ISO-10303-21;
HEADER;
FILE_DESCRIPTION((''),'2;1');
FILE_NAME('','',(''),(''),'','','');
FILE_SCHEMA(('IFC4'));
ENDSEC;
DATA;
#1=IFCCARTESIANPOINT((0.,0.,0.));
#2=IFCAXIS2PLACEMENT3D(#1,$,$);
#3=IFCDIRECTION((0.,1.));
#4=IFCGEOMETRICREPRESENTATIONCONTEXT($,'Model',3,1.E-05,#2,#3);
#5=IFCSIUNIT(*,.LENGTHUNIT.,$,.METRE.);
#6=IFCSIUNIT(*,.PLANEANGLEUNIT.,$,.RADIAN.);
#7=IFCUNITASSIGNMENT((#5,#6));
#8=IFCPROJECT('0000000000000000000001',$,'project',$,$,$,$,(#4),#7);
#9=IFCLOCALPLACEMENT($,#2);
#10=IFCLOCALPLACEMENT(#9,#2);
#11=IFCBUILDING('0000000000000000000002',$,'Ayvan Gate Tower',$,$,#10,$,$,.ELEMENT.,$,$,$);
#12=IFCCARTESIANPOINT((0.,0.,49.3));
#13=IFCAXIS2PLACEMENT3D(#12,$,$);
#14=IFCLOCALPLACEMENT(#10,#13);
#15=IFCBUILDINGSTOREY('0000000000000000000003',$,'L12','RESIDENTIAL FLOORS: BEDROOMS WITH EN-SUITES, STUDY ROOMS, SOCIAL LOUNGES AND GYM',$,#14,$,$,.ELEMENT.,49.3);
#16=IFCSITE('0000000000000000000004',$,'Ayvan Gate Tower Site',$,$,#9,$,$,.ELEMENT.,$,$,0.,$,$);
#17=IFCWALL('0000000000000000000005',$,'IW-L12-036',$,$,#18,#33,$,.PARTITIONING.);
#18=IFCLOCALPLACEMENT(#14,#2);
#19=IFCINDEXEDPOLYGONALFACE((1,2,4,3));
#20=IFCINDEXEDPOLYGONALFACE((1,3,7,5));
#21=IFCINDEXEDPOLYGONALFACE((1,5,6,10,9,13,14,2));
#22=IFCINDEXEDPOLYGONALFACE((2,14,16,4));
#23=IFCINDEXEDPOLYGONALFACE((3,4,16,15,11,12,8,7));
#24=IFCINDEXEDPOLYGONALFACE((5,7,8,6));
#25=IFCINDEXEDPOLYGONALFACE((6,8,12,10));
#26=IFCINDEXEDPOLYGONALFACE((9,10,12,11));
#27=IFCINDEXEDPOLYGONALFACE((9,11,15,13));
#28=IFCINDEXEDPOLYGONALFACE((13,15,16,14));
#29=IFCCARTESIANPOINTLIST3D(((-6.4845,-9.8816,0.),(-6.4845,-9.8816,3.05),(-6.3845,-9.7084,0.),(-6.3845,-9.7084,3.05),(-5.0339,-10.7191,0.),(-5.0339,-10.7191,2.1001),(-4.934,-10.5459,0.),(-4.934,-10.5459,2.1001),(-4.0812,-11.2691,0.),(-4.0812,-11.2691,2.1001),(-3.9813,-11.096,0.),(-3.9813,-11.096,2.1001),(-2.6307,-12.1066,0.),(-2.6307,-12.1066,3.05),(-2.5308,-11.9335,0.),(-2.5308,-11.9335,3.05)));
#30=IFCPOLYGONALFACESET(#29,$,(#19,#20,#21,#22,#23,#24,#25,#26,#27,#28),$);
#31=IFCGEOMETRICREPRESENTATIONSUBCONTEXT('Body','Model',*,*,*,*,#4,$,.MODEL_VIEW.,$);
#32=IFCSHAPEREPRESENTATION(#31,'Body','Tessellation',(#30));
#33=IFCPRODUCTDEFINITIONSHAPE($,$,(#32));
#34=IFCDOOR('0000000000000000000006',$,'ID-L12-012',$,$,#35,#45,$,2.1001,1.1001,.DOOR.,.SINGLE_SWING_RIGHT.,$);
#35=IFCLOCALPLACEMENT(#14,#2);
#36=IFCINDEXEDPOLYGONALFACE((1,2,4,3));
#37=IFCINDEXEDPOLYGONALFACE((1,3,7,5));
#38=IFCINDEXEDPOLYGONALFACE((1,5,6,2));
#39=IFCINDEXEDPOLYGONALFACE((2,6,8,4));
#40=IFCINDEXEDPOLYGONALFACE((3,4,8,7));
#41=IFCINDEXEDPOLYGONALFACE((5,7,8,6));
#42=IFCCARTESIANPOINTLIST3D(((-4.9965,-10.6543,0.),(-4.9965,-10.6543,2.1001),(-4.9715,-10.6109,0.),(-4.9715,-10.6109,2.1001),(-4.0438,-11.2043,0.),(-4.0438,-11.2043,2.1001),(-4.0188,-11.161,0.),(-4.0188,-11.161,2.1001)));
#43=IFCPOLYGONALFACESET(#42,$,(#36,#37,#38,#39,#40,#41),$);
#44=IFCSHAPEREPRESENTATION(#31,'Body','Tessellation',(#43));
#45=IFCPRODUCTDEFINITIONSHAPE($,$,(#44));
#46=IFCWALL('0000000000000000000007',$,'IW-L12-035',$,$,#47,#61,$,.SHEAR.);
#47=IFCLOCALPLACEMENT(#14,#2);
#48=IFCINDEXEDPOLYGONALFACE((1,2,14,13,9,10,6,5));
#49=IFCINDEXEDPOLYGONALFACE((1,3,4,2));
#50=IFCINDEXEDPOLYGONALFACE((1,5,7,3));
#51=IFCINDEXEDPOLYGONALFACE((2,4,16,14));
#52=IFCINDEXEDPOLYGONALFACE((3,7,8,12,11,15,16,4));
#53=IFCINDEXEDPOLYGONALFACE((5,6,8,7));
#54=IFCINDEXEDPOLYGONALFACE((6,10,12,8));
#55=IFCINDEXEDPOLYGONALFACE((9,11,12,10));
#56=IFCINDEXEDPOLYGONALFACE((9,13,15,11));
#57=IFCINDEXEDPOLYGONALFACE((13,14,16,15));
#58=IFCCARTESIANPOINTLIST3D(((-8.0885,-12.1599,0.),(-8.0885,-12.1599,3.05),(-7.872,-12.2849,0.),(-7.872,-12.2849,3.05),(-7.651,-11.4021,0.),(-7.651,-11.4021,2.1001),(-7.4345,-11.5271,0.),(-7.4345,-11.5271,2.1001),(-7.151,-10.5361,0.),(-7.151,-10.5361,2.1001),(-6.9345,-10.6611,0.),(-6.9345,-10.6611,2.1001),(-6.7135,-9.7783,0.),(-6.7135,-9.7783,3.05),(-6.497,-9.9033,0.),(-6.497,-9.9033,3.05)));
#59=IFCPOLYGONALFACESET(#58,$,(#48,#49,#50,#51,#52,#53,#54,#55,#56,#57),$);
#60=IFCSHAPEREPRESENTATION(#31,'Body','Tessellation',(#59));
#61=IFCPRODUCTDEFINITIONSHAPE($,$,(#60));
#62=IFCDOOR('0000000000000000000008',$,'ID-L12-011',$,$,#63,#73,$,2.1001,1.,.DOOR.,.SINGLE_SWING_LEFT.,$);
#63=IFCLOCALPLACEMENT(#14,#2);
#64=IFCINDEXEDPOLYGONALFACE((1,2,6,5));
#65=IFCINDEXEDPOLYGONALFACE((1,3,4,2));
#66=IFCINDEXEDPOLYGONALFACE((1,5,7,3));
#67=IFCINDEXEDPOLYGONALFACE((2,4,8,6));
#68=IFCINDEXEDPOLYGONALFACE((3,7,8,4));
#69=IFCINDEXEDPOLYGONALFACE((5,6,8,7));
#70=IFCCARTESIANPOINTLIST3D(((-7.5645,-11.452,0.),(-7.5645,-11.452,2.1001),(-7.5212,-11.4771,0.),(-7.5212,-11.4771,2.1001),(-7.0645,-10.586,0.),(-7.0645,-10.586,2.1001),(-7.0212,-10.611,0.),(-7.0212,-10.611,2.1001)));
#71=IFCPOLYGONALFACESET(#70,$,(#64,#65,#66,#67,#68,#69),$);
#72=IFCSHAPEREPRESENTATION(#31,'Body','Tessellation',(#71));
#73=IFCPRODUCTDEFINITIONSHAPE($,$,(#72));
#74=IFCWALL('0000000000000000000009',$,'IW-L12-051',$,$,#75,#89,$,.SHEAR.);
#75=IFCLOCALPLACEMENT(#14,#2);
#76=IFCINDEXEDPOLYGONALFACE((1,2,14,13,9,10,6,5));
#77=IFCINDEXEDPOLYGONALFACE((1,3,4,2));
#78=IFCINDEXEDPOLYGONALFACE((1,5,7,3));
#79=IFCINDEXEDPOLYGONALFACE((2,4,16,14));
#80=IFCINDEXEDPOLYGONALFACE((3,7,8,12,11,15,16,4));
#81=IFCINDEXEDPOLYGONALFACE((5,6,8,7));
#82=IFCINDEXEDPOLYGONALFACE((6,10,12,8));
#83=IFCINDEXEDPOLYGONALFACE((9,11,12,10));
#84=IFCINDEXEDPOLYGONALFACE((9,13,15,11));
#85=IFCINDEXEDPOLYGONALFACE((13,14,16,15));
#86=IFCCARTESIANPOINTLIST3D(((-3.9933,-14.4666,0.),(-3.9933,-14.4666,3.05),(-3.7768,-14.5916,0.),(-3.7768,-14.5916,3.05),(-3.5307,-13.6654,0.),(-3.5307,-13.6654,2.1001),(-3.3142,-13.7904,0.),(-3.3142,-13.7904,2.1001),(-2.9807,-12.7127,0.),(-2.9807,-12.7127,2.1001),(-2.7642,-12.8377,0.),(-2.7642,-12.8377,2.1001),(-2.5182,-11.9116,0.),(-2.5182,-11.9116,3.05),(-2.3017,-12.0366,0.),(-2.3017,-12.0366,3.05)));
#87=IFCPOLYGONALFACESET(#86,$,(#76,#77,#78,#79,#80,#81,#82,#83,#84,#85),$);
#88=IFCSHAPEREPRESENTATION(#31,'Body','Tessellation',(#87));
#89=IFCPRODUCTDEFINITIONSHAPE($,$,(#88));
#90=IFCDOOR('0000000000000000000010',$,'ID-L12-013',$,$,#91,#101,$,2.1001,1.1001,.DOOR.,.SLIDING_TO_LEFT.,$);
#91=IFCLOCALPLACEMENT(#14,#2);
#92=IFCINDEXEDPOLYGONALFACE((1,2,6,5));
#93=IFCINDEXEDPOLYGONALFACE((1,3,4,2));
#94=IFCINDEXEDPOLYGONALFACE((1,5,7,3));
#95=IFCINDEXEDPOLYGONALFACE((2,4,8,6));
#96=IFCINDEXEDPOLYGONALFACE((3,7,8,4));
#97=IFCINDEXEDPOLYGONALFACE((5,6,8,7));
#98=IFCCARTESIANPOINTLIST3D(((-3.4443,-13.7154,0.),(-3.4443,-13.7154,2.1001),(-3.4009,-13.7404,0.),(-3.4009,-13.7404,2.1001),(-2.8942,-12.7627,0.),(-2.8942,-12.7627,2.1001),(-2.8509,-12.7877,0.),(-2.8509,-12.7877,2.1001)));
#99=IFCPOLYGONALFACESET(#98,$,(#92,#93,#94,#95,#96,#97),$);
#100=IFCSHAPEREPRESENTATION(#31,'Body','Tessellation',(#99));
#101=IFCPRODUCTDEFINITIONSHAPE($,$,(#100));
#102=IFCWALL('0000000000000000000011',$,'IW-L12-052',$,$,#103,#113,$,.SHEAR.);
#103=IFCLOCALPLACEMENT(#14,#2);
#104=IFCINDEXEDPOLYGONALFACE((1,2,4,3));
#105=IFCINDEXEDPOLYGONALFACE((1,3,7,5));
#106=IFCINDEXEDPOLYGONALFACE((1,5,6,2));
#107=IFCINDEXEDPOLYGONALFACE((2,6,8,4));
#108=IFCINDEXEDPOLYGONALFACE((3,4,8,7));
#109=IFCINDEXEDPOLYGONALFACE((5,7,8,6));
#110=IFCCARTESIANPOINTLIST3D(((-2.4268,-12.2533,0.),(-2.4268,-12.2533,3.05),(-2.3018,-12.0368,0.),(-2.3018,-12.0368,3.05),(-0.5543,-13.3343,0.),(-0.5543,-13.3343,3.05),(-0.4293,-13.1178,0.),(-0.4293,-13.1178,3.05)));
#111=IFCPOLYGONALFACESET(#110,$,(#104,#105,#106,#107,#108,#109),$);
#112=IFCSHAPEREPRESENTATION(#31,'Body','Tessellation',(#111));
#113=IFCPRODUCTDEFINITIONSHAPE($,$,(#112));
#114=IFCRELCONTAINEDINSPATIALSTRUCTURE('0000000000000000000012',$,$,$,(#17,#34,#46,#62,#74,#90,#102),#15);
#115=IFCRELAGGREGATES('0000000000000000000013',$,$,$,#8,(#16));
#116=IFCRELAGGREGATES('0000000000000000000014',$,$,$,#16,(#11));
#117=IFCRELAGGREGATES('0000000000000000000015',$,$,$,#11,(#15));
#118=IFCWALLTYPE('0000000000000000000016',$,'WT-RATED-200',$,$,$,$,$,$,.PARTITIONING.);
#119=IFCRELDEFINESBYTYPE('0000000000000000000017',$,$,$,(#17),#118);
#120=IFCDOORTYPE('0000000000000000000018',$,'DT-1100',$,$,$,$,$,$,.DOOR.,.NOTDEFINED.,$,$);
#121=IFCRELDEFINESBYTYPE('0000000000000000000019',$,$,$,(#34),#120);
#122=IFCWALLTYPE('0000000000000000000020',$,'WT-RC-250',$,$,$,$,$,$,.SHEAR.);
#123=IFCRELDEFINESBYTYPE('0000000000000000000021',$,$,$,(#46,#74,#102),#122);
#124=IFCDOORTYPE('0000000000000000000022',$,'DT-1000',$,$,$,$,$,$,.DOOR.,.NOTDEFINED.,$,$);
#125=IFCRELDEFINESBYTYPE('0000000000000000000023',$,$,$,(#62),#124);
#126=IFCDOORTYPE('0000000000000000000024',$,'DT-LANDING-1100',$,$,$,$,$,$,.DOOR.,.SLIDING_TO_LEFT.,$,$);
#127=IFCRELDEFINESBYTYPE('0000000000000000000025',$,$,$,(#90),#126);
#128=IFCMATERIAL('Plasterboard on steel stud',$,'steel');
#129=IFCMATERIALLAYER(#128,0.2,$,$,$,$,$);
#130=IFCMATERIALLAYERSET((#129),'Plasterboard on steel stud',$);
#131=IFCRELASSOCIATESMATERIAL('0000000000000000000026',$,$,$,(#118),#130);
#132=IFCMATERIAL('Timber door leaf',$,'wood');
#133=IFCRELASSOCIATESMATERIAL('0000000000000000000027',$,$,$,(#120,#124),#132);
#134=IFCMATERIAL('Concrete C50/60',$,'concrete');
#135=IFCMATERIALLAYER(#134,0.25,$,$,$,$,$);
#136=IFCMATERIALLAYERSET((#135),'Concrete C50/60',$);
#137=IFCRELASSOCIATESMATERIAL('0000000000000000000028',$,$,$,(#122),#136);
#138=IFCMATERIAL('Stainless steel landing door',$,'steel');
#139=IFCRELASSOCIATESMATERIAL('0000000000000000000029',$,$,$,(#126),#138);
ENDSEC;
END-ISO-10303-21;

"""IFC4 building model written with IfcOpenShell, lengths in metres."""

from ifc_helpers import new_model, si_unit, direction, frame, frame_2d, origin, place, context, subcontext, project, spatial, rectangle, extrude, material, layer, layer_set, type_object, element, fill, save


model = new_model("IFC4")

# Units and contexts
model_context = context("Model", 3, precision=1e-05, world=origin(), true_north=direction((0.0, 1.0)))
body_context = subcontext(model_context, "Body", "Model", "MODEL_VIEW")
ifc_project = project(units=[si_unit("LENGTHUNIT", "METRE"), si_unit("PLANEANGLEUNIT", "RADIAN")], contexts=[model_context])

# Site, building, storey
site_placement = place(None, origin())
site = spatial("IfcSite", under=ifc_project, at=site_placement, Name="Ayvan Gate Tower Site", CompositionType="ELEMENT", RefElevation=0.0)
building_placement = place(site_placement, origin())
building = spatial("IfcBuilding", under=site, at=building_placement, Name="Ayvan Gate Tower", CompositionType="ELEMENT")
storey_placement = place(building_placement, frame((0.0, 0.0, 49.3)))
storey = spatial("IfcBuildingStorey", under=building, at=storey_placement, Name="L12", Description="RESIDENTIAL FLOORS: BEDROOMS WITH EN-SUITES, STUDY ROOMS, SOCIAL LOUNGES AND GYM", CompositionType="ELEMENT", Elevation=49.3)

# Walls, openings, doors
ifc_material_1 = material(Name="Plasterboard on steel stud", Category="steel")
ifc_layer_1 = layer(ifc_material_1, 0.2)
ifc_layer_set_1 = layer_set([ifc_layer_1], Name="Plasterboard on steel stud")
wall_type_1 = type_object("IfcWallType", Name="WT-RATED-200", PredefinedType="PARTITIONING", material=ifc_layer_set_1)
wall_1_placement = place(storey_placement, frame((-6.4346, -9.7949, 0.0), z_axis=(0.0, 0.0, 1.0), x_axis=(0.866013, -0.500022, 0.0)))
wall_1 = element("IfcWall", 1, at=wall_1_placement, inside=storey, type_object=wall_type_1, Name="IW-L12-036", PredefinedType="PARTITIONING", context=body_context, shape_type="SweptSolid", body=[
    extrude(rectangle(XDim=4.45, YDim=0.2, at=frame_2d((2.2251, 0.0))), origin(), (0.0, 0.0, 1.0), 3.05),
])
opening_1_placement = place(wall_1_placement, frame((1.675, 0.0, 0.0)))
opening_1 = element("IfcOpeningElement", 2, at=opening_1_placement, cuts=wall_1, PredefinedType="OPENING", context=body_context, shape_type="SweptSolid", body=[
    extrude(rectangle(XDim=1.1001, YDim=2.1001, at=frame_2d((0.55, 1.05))), frame((0.0, 0.1099, 0.0), z_axis=(0.0, -1.0, 0.0), x_axis=(1.0, 0.0, 0.0)), (0.0, 0.0, 1.0), 0.22),
])
ifc_material_2 = material(Name="Timber door leaf", Category="wood")
door_type_1 = type_object("IfcDoorType", Name="DT-1100", OperationType="NOTDEFINED", PredefinedType="DOOR", material=ifc_material_2)
door_1_placement = place(opening_1_placement, origin())
door_1 = element("IfcDoor", 3, at=door_1_placement, inside=storey, type_object=door_type_1, Name="ID-L12-012", OperationType="SINGLE_SWING_RIGHT", OverallHeight=2.1001, OverallWidth=1.1001, PredefinedType="DOOR", context=body_context, shape_type="SweptSolid", body=[
    extrude(rectangle(XDim=1.1001, YDim=2.1001, at=frame_2d((0.55, 1.05))), frame((0.0, 0.0249, 0.0), z_axis=(0.0, -1.0, 0.0), x_axis=(1.0, 0.0, 0.0)), (0.0, 0.0, 1.0), 0.05),
])
fill(opening_1, door_1)
ifc_material_3 = material(Name="Concrete C50/60", Category="concrete")
ifc_layer_2 = layer(ifc_material_3, 0.25)
ifc_layer_set_2 = layer_set([ifc_layer_2], Name="Concrete C50/60")
wall_type_2 = type_object("IfcWallType", Name="WT-RC-250", PredefinedType="SHEAR", material=ifc_layer_set_2)
wall_2_placement = place(storey_placement, frame((-6.6052, -9.8408, 0.0), z_axis=(0.0, 0.0, 1.0), x_axis=(-0.499997, -0.866027, 0.0)))
wall_2 = element("IfcWall", 4, at=wall_2_placement, inside=storey, type_object=wall_type_2, Name="IW-L12-035", PredefinedType="SHEAR", context=body_context, shape_type="SweptSolid", body=[
    extrude(rectangle(XDim=2.75, YDim=0.25, at=frame_2d((1.375, 0.0))), origin(), (0.0, 0.0, 1.0), 3.05),
])
opening_2_placement = place(wall_2_placement, frame((0.875, 0.0, 0.0)))
opening_2 = element("IfcOpeningElement", 5, at=opening_2_placement, cuts=wall_2, PredefinedType="OPENING", context=body_context, shape_type="SweptSolid", body=[
    extrude(rectangle(XDim=1.0, YDim=2.1001, at=frame_2d((0.5, 1.05))), frame((0.0, 0.135, 0.0), z_axis=(0.0, -1.0, 0.0), x_axis=(1.0, 0.0, 0.0)), (0.0, 0.0, 1.0), 0.27),
])
door_type_2 = type_object("IfcDoorType", Name="DT-1000", OperationType="NOTDEFINED", PredefinedType="DOOR", material=ifc_material_2)
door_2_placement = place(opening_2_placement, origin())
door_2 = element("IfcDoor", 6, at=door_2_placement, inside=storey, type_object=door_type_2, Name="ID-L12-011", OperationType="SINGLE_SWING_LEFT", OverallHeight=2.1001, OverallWidth=1.0, PredefinedType="DOOR", context=body_context, shape_type="SweptSolid", body=[
    extrude(rectangle(XDim=1.0, YDim=2.1001, at=frame_2d((0.5, 1.05))), frame((0.0, 0.0249, 0.0), z_axis=(0.0, -1.0, 0.0), x_axis=(1.0, 0.0, 0.0)), (0.0, 0.0, 1.0), 0.05),
])
fill(opening_2, door_2)
wall_3_placement = place(storey_placement, frame((-2.4099, -11.9741, 0.0), z_axis=(0.0, 0.0, 1.0), x_axis=(-0.500002, -0.866024, 0.0)))
wall_3 = element("IfcWall", 7, at=wall_3_placement, inside=storey, type_object=wall_type_2, Name="IW-L12-051", PredefinedType="SHEAR", context=body_context, shape_type="SweptSolid", body=[
    extrude(rectangle(XDim=2.9502, YDim=0.25, at=frame_2d((1.4751, 0.0))), origin(), (0.0, 0.0, 1.0), 3.05),
])
opening_3_placement = place(wall_3_placement, frame((0.925, 0.0, 0.0)))
opening_3 = element("IfcOpeningElement", 8, at=opening_3_placement, cuts=wall_3, PredefinedType="OPENING", context=body_context, shape_type="SweptSolid", body=[
    extrude(rectangle(XDim=1.1001, YDim=2.1001, at=frame_2d((0.55, 1.05))), frame((0.0, 0.135, 0.0), z_axis=(0.0, -1.0, 0.0), x_axis=(1.0, 0.0, 0.0)), (0.0, 0.0, 1.0), 0.27),
])
ifc_material_4 = material(Name="Stainless steel landing door", Category="steel")
door_type_3 = type_object("IfcDoorType", Name="DT-LANDING-1100", OperationType="SLIDING_TO_LEFT", PredefinedType="DOOR", material=ifc_material_4)
door_3_placement = place(opening_3_placement, origin())
door_3 = element("IfcDoor", 9, at=door_3_placement, inside=storey, type_object=door_type_3, Name="ID-L12-013", OperationType="SLIDING_TO_LEFT", OverallHeight=2.1001, OverallWidth=1.1001, PredefinedType="DOOR", context=body_context, shape_type="SweptSolid", body=[
    extrude(rectangle(XDim=1.1001, YDim=2.1001, at=frame_2d((0.55, 1.05))), frame((0.0, 0.0249, 0.0), z_axis=(0.0, -1.0, 0.0), x_axis=(1.0, 0.0, 0.0)), (0.0, 0.0, 1.0), 0.05),
])
fill(opening_3, door_3)

# Wall
wall_4_placement = place(storey_placement, frame((-2.3643, -12.145, 0.0), z_axis=(0.0, 0.0, 1.0), x_axis=(0.866039, -0.499977, 0.0)))
element("IfcWall", 10, at=wall_4_placement, inside=storey, type_object=wall_type_2, Name="IW-L12-052", PredefinedType="SHEAR", context=body_context, shape_type="SweptSolid", body=[
    extrude(rectangle(XDim=2.1621, YDim=0.25, at=frame_2d((1.0811, 0.0))), origin(), (0.0, 0.0, 1.0), 3.05),
])

save(model, "model.ifc")
